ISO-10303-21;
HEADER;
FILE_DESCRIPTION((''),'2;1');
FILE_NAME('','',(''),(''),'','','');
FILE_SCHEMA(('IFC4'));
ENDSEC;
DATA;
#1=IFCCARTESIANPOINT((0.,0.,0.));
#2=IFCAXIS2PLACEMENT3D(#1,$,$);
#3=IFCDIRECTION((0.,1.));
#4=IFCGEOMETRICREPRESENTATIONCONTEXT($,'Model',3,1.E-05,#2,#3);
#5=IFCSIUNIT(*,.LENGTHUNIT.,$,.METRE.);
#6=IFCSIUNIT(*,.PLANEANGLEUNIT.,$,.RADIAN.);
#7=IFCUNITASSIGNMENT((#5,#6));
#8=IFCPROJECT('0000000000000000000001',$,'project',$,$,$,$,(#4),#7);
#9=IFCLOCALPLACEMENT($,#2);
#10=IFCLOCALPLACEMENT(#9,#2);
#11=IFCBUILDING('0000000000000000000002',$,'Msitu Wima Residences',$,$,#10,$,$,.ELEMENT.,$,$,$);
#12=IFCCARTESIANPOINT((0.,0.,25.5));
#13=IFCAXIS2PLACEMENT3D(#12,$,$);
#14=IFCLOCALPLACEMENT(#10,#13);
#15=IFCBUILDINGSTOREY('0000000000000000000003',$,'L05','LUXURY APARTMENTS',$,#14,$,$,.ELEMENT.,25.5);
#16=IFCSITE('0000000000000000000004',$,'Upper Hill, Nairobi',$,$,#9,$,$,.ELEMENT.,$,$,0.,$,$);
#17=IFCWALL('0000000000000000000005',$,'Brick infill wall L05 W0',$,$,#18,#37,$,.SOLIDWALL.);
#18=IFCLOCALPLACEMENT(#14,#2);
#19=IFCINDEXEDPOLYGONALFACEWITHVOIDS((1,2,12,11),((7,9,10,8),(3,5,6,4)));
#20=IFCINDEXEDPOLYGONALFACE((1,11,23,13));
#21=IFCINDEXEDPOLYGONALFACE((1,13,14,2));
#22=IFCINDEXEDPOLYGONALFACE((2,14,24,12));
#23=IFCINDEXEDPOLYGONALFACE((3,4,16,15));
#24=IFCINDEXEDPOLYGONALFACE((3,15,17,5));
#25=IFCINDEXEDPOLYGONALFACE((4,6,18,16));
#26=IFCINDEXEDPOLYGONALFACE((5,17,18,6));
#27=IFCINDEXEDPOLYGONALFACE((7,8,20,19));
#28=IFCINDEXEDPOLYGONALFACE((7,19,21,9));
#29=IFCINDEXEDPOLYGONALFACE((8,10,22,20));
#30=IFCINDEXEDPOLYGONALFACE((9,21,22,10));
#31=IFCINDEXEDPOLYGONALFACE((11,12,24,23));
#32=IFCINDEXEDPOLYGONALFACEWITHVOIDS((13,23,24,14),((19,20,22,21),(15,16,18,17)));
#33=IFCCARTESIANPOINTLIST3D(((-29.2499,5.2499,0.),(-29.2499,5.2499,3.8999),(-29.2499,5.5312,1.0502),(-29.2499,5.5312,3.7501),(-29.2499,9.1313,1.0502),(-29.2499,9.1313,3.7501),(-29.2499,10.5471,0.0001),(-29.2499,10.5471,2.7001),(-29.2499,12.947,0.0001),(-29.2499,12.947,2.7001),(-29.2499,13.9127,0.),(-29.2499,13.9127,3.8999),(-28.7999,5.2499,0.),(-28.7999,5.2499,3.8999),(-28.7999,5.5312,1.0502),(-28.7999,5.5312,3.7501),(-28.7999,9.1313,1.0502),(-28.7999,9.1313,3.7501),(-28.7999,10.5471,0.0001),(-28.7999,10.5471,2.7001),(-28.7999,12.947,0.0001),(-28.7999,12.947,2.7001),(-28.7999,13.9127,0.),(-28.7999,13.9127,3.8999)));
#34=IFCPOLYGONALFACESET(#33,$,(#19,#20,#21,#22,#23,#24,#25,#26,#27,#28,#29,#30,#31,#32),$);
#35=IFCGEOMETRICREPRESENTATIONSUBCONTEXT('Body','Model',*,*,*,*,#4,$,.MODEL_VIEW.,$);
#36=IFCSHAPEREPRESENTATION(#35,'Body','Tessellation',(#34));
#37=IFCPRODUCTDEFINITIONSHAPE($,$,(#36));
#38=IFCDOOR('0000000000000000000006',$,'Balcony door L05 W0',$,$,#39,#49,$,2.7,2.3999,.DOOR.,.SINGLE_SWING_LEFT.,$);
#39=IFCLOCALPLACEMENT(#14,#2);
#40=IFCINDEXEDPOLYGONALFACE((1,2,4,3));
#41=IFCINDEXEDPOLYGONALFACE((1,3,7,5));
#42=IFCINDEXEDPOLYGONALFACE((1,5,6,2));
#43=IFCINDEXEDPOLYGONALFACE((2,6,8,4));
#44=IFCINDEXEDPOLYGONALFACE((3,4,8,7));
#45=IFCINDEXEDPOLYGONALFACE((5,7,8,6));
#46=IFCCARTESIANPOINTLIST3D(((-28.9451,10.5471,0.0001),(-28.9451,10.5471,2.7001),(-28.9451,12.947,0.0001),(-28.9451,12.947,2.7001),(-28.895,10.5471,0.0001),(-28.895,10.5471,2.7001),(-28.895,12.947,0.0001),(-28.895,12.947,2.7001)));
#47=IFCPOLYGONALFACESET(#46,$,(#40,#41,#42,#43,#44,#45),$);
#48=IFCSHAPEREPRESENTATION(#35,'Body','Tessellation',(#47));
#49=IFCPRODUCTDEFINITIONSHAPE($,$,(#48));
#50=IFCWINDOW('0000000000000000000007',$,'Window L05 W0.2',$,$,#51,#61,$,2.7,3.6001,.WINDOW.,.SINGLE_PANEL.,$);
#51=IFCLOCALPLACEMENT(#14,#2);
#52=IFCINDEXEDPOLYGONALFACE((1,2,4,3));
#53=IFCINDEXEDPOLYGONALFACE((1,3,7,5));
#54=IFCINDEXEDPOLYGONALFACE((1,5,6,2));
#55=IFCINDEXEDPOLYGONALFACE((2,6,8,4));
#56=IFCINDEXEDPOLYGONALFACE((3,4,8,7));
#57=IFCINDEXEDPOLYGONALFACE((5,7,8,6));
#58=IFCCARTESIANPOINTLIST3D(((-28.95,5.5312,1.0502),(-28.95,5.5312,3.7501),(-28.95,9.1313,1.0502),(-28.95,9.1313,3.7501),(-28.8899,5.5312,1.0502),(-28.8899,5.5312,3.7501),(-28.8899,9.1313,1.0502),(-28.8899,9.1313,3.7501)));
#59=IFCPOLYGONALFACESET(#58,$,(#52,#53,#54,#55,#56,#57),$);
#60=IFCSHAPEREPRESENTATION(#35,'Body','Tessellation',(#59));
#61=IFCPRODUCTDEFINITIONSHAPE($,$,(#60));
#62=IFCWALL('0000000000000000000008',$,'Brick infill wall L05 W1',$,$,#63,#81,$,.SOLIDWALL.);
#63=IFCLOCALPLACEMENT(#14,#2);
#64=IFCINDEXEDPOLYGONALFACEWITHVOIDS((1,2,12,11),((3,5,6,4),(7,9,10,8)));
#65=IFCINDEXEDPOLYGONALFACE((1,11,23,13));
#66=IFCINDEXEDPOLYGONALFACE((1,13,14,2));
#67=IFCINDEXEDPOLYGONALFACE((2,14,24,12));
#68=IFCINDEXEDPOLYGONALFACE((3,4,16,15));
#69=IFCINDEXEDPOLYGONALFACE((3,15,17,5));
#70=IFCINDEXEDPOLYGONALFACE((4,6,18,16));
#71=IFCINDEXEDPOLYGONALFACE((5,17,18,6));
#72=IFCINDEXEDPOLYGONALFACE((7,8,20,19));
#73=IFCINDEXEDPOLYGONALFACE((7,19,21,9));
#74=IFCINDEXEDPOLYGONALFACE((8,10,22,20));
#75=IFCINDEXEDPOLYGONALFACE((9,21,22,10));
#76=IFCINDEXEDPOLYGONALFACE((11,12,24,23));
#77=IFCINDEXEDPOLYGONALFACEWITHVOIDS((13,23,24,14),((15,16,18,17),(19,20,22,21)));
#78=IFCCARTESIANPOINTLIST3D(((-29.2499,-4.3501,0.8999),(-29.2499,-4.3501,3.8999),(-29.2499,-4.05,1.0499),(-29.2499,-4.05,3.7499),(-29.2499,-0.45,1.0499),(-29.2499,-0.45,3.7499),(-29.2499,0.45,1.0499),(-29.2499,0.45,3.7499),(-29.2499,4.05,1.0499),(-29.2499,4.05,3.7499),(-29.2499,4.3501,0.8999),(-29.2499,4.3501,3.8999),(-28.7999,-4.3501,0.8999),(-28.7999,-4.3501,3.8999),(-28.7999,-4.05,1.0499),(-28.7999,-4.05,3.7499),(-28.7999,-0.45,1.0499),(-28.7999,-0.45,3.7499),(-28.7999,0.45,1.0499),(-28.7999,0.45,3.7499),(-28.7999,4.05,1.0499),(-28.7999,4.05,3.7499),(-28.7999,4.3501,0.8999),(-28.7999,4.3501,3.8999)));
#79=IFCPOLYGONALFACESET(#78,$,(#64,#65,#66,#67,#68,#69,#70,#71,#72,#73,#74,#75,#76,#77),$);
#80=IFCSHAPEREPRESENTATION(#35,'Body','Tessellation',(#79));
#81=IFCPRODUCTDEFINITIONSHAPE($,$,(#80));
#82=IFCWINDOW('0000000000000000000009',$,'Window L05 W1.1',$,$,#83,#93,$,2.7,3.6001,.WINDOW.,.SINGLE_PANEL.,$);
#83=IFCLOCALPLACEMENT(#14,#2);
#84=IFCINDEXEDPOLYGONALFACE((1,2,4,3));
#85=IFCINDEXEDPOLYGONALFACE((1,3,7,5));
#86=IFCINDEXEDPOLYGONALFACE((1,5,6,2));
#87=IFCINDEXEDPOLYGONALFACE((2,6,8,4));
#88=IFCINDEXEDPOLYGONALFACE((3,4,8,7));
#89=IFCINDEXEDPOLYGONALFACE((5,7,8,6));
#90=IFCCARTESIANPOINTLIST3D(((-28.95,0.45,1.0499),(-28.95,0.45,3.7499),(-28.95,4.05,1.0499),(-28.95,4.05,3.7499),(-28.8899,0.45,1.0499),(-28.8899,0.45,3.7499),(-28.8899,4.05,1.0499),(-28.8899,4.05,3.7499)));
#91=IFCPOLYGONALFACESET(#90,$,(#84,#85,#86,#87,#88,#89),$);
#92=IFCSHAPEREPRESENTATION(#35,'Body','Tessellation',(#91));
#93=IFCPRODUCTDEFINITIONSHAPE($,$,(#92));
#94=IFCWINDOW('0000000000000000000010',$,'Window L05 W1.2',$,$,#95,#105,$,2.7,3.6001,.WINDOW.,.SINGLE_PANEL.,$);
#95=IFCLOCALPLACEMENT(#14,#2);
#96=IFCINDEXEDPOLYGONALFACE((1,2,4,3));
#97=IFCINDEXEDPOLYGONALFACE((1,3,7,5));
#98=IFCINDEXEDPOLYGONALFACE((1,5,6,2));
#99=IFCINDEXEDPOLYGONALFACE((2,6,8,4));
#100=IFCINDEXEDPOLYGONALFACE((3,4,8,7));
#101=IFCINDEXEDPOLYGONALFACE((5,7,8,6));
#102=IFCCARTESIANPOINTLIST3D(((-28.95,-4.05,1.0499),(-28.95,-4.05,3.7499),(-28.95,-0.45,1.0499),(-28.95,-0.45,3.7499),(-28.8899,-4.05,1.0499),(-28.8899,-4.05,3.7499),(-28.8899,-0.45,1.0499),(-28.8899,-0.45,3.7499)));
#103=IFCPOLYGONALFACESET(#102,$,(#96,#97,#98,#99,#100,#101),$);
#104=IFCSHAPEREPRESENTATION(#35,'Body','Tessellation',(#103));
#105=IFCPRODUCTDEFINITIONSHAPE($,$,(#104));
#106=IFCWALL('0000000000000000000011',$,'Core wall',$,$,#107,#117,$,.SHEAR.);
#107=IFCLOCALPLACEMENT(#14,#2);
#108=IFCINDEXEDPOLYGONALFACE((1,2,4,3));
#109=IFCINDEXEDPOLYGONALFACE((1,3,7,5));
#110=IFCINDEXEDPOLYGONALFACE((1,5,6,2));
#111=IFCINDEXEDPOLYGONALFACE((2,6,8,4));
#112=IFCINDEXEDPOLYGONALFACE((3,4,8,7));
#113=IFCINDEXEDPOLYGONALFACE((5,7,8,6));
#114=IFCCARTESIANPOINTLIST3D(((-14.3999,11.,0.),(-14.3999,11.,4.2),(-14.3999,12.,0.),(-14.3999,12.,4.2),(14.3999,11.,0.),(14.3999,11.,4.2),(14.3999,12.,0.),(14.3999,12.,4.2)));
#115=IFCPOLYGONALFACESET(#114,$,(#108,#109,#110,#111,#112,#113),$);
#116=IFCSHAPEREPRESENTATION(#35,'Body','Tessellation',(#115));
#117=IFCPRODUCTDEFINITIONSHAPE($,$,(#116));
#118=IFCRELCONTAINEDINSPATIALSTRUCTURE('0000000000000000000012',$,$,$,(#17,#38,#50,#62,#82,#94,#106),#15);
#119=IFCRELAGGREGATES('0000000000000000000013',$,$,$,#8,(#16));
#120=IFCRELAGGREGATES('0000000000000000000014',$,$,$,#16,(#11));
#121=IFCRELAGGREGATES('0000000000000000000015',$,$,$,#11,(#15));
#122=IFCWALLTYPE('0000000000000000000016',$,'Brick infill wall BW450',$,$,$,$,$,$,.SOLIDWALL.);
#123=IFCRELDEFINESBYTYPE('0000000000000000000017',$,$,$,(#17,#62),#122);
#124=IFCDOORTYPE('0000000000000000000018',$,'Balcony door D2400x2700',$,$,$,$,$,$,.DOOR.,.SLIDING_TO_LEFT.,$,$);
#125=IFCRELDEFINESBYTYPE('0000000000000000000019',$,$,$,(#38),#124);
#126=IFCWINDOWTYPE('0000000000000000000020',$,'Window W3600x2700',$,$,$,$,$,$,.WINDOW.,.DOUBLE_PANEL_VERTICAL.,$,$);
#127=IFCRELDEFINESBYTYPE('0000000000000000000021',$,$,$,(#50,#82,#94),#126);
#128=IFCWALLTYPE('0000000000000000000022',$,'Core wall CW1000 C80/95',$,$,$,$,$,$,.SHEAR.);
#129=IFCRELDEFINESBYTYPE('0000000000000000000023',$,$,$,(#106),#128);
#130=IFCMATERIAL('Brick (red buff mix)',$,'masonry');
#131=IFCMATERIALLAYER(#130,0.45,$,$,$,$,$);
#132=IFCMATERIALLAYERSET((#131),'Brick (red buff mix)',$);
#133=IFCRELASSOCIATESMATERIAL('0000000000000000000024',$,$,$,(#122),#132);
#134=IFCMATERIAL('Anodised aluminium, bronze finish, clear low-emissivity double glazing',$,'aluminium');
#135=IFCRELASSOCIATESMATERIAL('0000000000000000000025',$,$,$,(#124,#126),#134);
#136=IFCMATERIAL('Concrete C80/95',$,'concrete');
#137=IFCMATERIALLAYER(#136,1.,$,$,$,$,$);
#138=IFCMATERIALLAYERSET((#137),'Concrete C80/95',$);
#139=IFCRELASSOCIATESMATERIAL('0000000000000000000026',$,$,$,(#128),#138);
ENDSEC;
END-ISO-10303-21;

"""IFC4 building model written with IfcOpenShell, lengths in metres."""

from ifc_helpers import new_model, si_unit, direction, frame, frame_2d, origin, place, context, subcontext, project, spatial, rectangle, extrude, material, layer, layer_set, type_object, element, fill, save


model = new_model("IFC4")

# Units and contexts
model_context = context("Model", 3, precision=1e-05, world=origin(), true_north=direction((0.0, 1.0)))
body_context = subcontext(model_context, "Body", "Model", "MODEL_VIEW")
ifc_project = project(units=[si_unit("LENGTHUNIT", "METRE"), si_unit("PLANEANGLEUNIT", "RADIAN")], contexts=[model_context])

# Site, building, storey
site_placement = place(None, origin())
site = spatial("IfcSite", under=ifc_project, at=site_placement, Name="Upper Hill, Nairobi", CompositionType="ELEMENT", RefElevation=0.0)
building_placement = place(site_placement, origin())
building = spatial("IfcBuilding", under=site, at=building_placement, Name="Msitu Wima Residences", CompositionType="ELEMENT")
storey_placement = place(building_placement, frame((0.0, 0.0, 25.5)))
storey = spatial("IfcBuildingStorey", under=building, at=storey_placement, Name="L05", Description="LUXURY APARTMENTS", CompositionType="ELEMENT", Elevation=25.5)

# Shared definitions
ifc_material_1 = material(Name="Concrete C80/95", Category="concrete")

# Wall, openings, door, window
ifc_material_2 = material(Name="Brick (red buff mix)", Category="masonry")
ifc_layer_1 = layer(ifc_material_2, 0.45)
ifc_layer_set_1 = layer_set([ifc_layer_1], Name="Brick (red buff mix)")
wall_type_1 = type_object("IfcWallType", Name="Brick infill wall BW450", PredefinedType="SOLIDWALL", material=ifc_layer_set_1)
wall_1_placement = place(storey_placement, frame((-29.0249, 13.9128, 0.0), z_axis=(0.0, 0.0, 1.0), x_axis=(0.0, -1.0, 0.0)))
wall_1 = element("IfcWall", 1, at=wall_1_placement, inside=storey, type_object=wall_type_1, Name="Brick infill wall L05 W0", PredefinedType="SOLIDWALL", context=body_context, shape_type="SweptSolid", body=[
    extrude(rectangle(XDim=8.6628, YDim=0.45, at=frame_2d((4.3315, 0.0))), origin(), (0.0, 0.0, 1.0), 3.8999),
])
opening_1_placement = place(wall_1_placement, frame((0.9658, 0.0, 0.0)))
opening_1 = element("IfcOpeningElement", 2, at=opening_1_placement, cuts=wall_1, PredefinedType="OPENING", context=body_context, shape_type="SweptSolid", body=[
    extrude(rectangle(XDim=2.3999, YDim=2.7, at=frame_2d((1.2, 1.3501))), frame((0.0, 0.2349, 0.0), z_axis=(0.0, -1.0, 0.0), x_axis=(1.0, 0.0, 0.0)), (0.0, 0.0, 1.0), 0.47),
])
opening_2_placement = place(wall_1_placement, frame((4.7815, 0.0, 1.05)))
opening_2 = element("IfcOpeningElement", 3, at=opening_2_placement, cuts=wall_1, PredefinedType="OPENING", context=body_context, shape_type="SweptSolid", body=[
    extrude(rectangle(XDim=3.6001, YDim=2.7, at=frame_2d((1.8, 1.3501))), frame((0.0, 0.2349, 0.0), z_axis=(0.0, -1.0, 0.0), x_axis=(1.0, 0.0, 0.0)), (0.0, 0.0, 1.0), 0.47),
])
ifc_material_3 = material(Name="Anodised aluminium, bronze finish, clear low-emissivity double glazing", Category="aluminium")
door_type_1 = type_object("IfcDoorType", Name="Balcony door D2400x2700", OperationType="SLIDING_TO_LEFT", PredefinedType="DOOR", material=ifc_material_3)
door_1_placement = place(opening_1_placement, origin())
door_1 = element("IfcDoor", 4, at=door_1_placement, inside=storey, type_object=door_type_1, Name="Balcony door L05 W0", OperationType="SINGLE_SWING_LEFT", OverallHeight=2.7, OverallWidth=2.3999, PredefinedType="DOOR", context=body_context, shape_type="SweptSolid", body=[
    extrude(rectangle(XDim=2.3999, YDim=2.7, at=frame_2d((1.2, 1.3501))), frame((0.0, 0.1299, 0.0), z_axis=(0.0, -1.0, 0.0), x_axis=(1.0, 0.0, 0.0)), (0.0, 0.0, 1.0), 0.05),
])
fill(opening_1, door_1)
window_type = type_object("IfcWindowType", Name="Window W3600x2700", PartitioningType="DOUBLE_PANEL_VERTICAL", PredefinedType="WINDOW", material=ifc_material_3)
window_1_placement = place(opening_2_placement, origin())
window_1 = element("IfcWindow", 5, at=window_1_placement, inside=storey, type_object=window_type, Name="Window L05 W0.2", OverallHeight=2.7, OverallWidth=3.6001, PartitioningType="SINGLE_PANEL", PredefinedType="WINDOW", context=body_context, shape_type="SweptSolid", body=[
    extrude(rectangle(XDim=3.6001, YDim=2.7, at=frame_2d((1.8, 1.3501))), frame((0.0, 0.135, 0.0), z_axis=(0.0, -1.0, 0.0), x_axis=(1.0, 0.0, 0.0)), (0.0, 0.0, 1.0), 0.0601),
])
fill(opening_2, window_1)

# Wall, openings, windows
wall_2_placement = place(storey_placement, frame((-29.0249, 4.3501, 0.8999), z_axis=(0.0, 0.0, 1.0), x_axis=(0.0, -1.0, 0.0)))
wall_2 = element("IfcWall", 6, at=wall_2_placement, inside=storey, type_object=wall_type_1, Name="Brick infill wall L05 W1", PredefinedType="SOLIDWALL", context=body_context, shape_type="SweptSolid", body=[
    extrude(rectangle(XDim=8.7002, YDim=0.45, at=frame_2d((4.3501, 0.0))), origin(), (0.0, 0.0, 1.0), 3.0),
])
opening_3_placement = place(wall_2_placement, frame((0.3, 0.0, 0.1499)))
opening_3 = element("IfcOpeningElement", 7, at=opening_3_placement, cuts=wall_2, PredefinedType="OPENING", context=body_context, shape_type="SweptSolid", body=[
    extrude(rectangle(XDim=3.6001, YDim=2.7, at=frame_2d((1.8, 1.3501))), frame((0.0, 0.2349, 0.0), z_axis=(0.0, -1.0, 0.0), x_axis=(1.0, 0.0, 0.0)), (0.0, 0.0, 1.0), 0.47),
])
opening_4_placement = place(wall_2_placement, frame((4.8, 0.0, 0.1499)))
opening_4 = element("IfcOpeningElement", 8, at=opening_4_placement, cuts=wall_2, PredefinedType="OPENING", context=body_context, shape_type="SweptSolid", body=[
    extrude(rectangle(XDim=3.6001, YDim=2.7, at=frame_2d((1.8, 1.3501))), frame((0.0, 0.2349, 0.0), z_axis=(0.0, -1.0, 0.0), x_axis=(1.0, 0.0, 0.0)), (0.0, 0.0, 1.0), 0.47),
])
window_2_placement = place(opening_3_placement, origin())
window_2 = element("IfcWindow", 9, at=window_2_placement, inside=storey, type_object=window_type, Name="Window L05 W1.1", OverallHeight=2.7, OverallWidth=3.6001, PartitioningType="SINGLE_PANEL", PredefinedType="WINDOW", context=body_context, shape_type="SweptSolid", body=[
    extrude(rectangle(XDim=3.6001, YDim=2.7, at=frame_2d((1.8, 1.3501))), frame((0.0, 0.135, 0.0), z_axis=(0.0, -1.0, 0.0), x_axis=(1.0, 0.0, 0.0)), (0.0, 0.0, 1.0), 0.0601),
])
fill(opening_3, window_2)
window_3_placement = place(opening_4_placement, origin())
window_3 = element("IfcWindow", 10, at=window_3_placement, inside=storey, type_object=window_type, Name="Window L05 W1.2", OverallHeight=2.7, OverallWidth=3.6001, PartitioningType="SINGLE_PANEL", PredefinedType="WINDOW", context=body_context, shape_type="SweptSolid", body=[
    extrude(rectangle(XDim=3.6001, YDim=2.7, at=frame_2d((1.8, 1.3501))), frame((0.0, 0.135, 0.0), z_axis=(0.0, -1.0, 0.0), x_axis=(1.0, 0.0, 0.0)), (0.0, 0.0, 1.0), 0.0601),
])
fill(opening_4, window_3)

# Wall
ifc_layer_2 = layer(ifc_material_1, 1.0)
ifc_layer_set_2 = layer_set([ifc_layer_2], Name="Concrete C80/95")
wall_type_2 = type_object("IfcWallType", Name="Core wall CW1000 C80/95", PredefinedType="SHEAR", material=ifc_layer_set_2)
wall_3_placement = place(storey_placement, frame((-14.3999, 11.5, 0.0), z_axis=(0.0, 0.0, 1.0), x_axis=(1.0, 0.0, 0.0)))
element("IfcWall", 11, at=wall_3_placement, inside=storey, type_object=wall_type_2, Name="Core wall", PredefinedType="SHEAR", context=body_context, shape_type="SweptSolid", body=[
    extrude(rectangle(XDim=28.7998, YDim=1.0, at=frame_2d((14.3999, 0.0))), origin(), (0.0, 0.0, 1.0), 4.2),
])

save(model, "model.ifc")
